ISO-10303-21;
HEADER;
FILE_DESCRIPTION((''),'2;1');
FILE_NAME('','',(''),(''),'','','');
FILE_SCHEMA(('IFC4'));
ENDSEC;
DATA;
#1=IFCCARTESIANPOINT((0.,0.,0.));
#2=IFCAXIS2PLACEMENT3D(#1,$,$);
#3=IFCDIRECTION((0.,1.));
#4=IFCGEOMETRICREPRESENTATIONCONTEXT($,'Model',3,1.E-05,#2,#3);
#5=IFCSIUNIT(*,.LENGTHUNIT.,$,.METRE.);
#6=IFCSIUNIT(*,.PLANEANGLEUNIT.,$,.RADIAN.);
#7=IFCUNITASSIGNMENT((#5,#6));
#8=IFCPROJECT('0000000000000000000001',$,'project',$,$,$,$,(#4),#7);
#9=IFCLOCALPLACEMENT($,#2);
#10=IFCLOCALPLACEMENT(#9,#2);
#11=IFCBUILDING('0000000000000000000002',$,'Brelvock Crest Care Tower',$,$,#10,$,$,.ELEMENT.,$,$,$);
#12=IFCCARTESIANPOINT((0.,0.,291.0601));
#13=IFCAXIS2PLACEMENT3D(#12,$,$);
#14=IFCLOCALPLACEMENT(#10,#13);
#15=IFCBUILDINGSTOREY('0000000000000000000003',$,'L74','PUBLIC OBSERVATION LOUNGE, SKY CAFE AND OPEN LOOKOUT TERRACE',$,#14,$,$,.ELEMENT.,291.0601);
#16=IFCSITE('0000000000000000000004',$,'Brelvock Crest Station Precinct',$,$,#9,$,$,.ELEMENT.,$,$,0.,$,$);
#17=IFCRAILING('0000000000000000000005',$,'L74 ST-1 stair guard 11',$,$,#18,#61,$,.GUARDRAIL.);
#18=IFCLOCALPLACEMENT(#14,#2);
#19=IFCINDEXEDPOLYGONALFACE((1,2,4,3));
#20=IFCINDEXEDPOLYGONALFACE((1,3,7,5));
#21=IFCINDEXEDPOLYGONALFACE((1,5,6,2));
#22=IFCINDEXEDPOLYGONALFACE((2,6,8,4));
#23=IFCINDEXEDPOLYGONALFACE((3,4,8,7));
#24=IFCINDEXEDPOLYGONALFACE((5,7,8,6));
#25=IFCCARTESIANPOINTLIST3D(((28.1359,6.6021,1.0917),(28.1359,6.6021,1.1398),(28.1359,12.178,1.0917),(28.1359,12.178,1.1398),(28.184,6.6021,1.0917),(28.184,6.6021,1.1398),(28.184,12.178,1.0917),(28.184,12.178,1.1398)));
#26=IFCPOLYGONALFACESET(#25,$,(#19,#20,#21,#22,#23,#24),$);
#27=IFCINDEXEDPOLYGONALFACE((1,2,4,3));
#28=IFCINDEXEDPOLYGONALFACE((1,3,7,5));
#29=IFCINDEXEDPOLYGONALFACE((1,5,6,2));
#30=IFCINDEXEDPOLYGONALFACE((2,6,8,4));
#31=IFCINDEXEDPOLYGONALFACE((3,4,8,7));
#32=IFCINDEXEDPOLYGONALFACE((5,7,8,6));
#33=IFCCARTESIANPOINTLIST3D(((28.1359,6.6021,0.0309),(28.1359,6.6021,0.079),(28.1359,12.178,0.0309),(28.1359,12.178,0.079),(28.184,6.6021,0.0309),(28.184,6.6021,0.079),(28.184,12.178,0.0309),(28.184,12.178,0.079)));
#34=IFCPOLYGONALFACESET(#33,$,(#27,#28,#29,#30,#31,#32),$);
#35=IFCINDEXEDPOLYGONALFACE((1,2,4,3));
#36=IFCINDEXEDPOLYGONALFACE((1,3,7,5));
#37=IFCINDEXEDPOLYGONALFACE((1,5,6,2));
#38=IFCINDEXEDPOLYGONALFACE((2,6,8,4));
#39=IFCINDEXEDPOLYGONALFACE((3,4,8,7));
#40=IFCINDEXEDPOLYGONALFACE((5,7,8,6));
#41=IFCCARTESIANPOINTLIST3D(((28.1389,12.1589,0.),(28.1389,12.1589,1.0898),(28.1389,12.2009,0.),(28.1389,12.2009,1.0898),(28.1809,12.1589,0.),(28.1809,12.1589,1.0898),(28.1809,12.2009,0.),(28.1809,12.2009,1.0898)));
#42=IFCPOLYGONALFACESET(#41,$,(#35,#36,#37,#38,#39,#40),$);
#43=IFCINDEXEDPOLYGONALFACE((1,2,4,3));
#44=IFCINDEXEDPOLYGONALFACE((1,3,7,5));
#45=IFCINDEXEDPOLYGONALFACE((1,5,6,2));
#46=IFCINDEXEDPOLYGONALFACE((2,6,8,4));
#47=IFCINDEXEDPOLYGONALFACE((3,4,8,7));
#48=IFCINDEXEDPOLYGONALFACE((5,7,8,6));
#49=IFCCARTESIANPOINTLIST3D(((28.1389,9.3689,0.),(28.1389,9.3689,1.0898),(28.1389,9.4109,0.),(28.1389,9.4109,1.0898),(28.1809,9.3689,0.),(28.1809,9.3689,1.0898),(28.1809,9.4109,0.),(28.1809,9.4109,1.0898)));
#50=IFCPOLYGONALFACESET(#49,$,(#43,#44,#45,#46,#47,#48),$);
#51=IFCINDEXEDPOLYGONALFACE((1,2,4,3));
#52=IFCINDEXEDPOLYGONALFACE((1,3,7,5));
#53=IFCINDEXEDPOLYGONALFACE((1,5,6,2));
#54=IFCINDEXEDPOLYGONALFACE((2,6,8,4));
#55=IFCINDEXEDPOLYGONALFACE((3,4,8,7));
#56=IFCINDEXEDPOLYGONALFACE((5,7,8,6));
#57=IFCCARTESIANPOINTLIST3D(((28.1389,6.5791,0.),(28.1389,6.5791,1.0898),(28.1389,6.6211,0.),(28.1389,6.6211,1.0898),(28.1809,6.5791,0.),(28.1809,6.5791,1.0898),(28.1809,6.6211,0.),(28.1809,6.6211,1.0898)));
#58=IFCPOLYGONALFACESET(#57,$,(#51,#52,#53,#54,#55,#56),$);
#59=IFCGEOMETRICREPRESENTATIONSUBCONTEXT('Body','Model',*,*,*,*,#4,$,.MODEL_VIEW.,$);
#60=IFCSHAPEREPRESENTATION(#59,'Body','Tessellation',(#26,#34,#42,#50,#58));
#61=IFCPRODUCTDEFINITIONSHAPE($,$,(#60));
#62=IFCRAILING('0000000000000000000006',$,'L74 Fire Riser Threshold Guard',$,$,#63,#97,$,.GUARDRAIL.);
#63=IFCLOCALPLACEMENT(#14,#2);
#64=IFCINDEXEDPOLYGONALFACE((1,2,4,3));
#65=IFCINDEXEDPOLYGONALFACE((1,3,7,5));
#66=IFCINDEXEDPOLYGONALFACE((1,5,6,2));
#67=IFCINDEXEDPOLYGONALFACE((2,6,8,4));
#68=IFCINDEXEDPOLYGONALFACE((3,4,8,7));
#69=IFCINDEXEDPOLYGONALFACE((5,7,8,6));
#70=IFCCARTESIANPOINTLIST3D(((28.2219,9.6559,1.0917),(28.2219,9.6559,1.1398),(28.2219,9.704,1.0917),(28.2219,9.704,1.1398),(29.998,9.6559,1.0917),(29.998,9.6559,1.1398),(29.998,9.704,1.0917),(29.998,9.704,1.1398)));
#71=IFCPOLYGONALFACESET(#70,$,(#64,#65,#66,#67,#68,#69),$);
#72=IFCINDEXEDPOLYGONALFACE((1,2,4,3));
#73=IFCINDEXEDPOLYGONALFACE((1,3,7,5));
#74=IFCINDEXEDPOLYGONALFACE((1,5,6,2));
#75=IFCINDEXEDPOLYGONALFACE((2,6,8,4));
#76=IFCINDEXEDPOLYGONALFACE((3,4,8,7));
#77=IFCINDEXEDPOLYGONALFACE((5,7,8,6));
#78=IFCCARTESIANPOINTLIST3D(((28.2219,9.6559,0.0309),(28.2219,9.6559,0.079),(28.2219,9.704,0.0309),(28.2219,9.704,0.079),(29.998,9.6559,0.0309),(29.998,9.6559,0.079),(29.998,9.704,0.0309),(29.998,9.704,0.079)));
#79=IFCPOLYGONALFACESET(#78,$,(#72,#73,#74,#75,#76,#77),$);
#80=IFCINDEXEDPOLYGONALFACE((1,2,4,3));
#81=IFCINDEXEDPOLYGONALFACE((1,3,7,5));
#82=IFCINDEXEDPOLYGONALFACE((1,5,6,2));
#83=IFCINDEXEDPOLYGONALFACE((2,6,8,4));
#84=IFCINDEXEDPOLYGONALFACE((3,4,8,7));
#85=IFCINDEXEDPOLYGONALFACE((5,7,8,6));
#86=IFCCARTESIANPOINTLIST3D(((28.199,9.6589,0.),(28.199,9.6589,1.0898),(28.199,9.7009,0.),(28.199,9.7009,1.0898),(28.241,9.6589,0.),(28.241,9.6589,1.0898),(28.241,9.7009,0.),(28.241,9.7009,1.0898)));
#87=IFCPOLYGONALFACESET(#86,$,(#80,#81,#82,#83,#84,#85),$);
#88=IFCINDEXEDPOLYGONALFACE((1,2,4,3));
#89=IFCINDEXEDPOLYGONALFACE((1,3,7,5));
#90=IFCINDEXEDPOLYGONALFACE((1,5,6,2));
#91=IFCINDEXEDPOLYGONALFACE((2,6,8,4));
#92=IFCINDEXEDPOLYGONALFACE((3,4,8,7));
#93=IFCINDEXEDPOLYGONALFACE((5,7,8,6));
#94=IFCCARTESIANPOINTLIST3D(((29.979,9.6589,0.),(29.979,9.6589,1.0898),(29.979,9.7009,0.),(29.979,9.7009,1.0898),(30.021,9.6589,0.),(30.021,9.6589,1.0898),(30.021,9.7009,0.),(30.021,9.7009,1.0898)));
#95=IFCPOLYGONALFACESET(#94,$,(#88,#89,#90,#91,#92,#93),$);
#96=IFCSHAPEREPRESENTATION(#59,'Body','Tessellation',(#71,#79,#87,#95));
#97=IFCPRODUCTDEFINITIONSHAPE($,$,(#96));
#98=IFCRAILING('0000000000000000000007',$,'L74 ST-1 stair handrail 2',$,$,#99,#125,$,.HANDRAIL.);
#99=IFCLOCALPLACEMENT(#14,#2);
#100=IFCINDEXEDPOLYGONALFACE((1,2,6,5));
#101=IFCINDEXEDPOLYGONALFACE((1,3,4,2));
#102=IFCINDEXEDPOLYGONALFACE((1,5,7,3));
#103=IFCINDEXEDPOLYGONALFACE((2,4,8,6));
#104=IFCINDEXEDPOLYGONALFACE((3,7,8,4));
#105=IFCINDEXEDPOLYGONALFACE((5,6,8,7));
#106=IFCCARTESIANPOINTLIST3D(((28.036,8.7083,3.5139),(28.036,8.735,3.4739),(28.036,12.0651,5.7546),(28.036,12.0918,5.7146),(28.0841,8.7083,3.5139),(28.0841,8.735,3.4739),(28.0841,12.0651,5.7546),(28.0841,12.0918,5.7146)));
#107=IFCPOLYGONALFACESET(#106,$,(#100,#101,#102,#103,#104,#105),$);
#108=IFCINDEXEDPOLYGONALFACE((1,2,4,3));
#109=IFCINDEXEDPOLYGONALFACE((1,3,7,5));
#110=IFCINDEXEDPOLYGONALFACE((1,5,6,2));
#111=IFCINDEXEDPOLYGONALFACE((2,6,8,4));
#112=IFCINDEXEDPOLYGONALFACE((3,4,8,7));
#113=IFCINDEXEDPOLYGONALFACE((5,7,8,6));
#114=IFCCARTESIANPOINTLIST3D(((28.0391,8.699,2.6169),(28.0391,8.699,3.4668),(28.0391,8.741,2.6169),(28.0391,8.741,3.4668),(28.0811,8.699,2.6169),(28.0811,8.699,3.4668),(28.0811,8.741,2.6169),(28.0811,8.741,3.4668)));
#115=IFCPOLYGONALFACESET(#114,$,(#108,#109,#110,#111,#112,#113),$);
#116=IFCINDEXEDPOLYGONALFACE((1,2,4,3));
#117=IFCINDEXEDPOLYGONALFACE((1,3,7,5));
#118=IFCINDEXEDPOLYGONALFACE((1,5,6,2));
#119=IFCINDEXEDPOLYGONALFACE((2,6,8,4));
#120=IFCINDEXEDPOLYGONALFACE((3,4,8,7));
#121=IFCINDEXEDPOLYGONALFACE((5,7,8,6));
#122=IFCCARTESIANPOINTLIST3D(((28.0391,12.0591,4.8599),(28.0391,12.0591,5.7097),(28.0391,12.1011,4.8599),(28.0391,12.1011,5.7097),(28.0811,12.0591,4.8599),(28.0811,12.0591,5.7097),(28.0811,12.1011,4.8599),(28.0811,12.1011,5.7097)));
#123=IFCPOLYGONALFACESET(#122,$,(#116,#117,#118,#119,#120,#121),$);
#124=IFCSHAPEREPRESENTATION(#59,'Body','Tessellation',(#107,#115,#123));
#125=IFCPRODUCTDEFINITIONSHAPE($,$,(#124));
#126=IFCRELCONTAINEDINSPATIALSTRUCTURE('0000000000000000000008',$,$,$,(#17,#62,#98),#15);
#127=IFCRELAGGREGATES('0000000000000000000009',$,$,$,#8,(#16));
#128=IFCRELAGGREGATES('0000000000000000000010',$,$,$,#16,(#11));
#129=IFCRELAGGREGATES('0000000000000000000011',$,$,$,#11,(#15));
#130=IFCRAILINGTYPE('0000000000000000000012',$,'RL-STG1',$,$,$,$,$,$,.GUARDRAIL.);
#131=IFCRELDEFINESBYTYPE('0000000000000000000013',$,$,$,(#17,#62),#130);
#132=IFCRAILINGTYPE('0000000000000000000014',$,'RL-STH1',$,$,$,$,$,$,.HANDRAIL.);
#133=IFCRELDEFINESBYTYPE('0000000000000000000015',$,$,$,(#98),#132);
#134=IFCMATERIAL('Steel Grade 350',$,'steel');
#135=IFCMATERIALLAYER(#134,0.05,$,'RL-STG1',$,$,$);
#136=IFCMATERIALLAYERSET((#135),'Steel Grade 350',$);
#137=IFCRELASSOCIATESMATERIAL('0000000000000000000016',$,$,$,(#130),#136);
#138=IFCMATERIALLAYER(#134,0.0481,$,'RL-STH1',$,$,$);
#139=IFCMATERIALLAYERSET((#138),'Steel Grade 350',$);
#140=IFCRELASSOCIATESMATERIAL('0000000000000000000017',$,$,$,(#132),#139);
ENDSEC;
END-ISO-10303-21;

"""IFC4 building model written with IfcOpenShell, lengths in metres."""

from ifc_helpers import new_model, si_unit, direction, frame, origin, origin_2d, place, context, subcontext, project, spatial, rectangle, extrude, material, layer, layer_set, type_object, element, save


model = new_model("IFC4")

# Units and contexts
model_context = context("Model", 3, precision=1e-05, world=origin(), true_north=direction((0.0, 1.0)))
body_context = subcontext(model_context, "Body", "Model", "MODEL_VIEW")
ifc_project = project(units=[si_unit("LENGTHUNIT", "METRE"), si_unit("PLANEANGLEUNIT", "RADIAN")], contexts=[model_context])

# Site, building, storey
site_placement = place(None, origin())
site = spatial("IfcSite", under=ifc_project, at=site_placement, Name="Brelvock Crest Station Precinct", CompositionType="ELEMENT", RefElevation=0.0)
building_placement = place(site_placement, origin())
building = spatial("IfcBuilding", under=site, at=building_placement, Name="Brelvock Crest Care Tower", CompositionType="ELEMENT")
storey_placement = place(building_placement, frame((0.0, 0.0, 291.0601)))
storey = spatial("IfcBuildingStorey", under=building, at=storey_placement, Name="L74", Description="PUBLIC OBSERVATION LOUNGE, SKY CAFE AND OPEN LOOKOUT TERRACE", CompositionType="ELEMENT", Elevation=291.0601)

# Shared definitions
ifc_material_1 = material(Name="Steel Grade 350", Category="steel")

# Railings
ifc_layer_1 = layer(ifc_material_1, 0.05, Name="RL-STG1")
ifc_layer_set_1 = layer_set([ifc_layer_1], Name="Steel Grade 350")
railing_type_1 = type_object("IfcRailingType", Name="RL-STG1", PredefinedType="GUARDRAIL", material=ifc_layer_set_1)
railing_1_placement = place(storey_placement, frame((28.1599, 12.1799, 0.0)))
element("IfcRailing", 1, at=railing_1_placement, inside=storey, type_object=railing_type_1, Name="L74 ST-1 stair guard 11", PredefinedType="GUARDRAIL", context=body_context, shape_type="SweptSolid", body=[
    extrude(rectangle(XDim=0.0481, YDim=0.0481, at=origin_2d()), frame((0.0, -0.002, 1.1157), z_axis=(0.0, -1.0, 0.0), x_axis=(1.0, 0.0, 0.0)), (0.0, 0.0, 1.0), 5.5759),
    extrude(rectangle(XDim=0.0481, YDim=0.0481, at=origin_2d()), frame((0.0, -0.002, 0.0549), z_axis=(0.0, -1.0, 0.0), x_axis=(1.0, 0.0, 0.0)), (0.0, 0.0, 1.0), 5.5759),
    extrude(rectangle(XDim=0.042, YDim=0.042, at=origin_2d()), origin(), (0.0, 0.0, 1.0), 1.0898),
    extrude(rectangle(XDim=0.042, YDim=0.042, at=origin_2d()), frame((0.0, -2.79, 0.0)), (0.0, 0.0, 1.0), 1.0898),
    extrude(rectangle(XDim=0.042, YDim=0.042, at=origin_2d()), frame((0.0, -5.5798, 0.0)), (0.0, 0.0, 1.0), 1.0898),
])
railing_2_placement = place(storey_placement, frame((28.22, 9.6799, 0.0)))
element("IfcRailing", 2, at=railing_2_placement, inside=storey, type_object=railing_type_1, Name="L74 Fire Riser Threshold Guard", PredefinedType="GUARDRAIL", context=body_context, shape_type="SweptSolid", body=[
    extrude(rectangle(XDim=0.0481, YDim=0.0481, at=origin_2d()), frame((0.002, 0.0, 1.1157), z_axis=(1.0, 0.0, 0.0), x_axis=(0.0, 1.0, 0.0)), (0.0, 0.0, 1.0), 1.7761),
    extrude(rectangle(XDim=0.0481, YDim=0.0481, at=origin_2d()), frame((0.002, 0.0, 0.0549), z_axis=(1.0, 0.0, 0.0), x_axis=(0.0, 1.0, 0.0)), (0.0, 0.0, 1.0), 1.7761),
    extrude(rectangle(XDim=0.042, YDim=0.042, at=origin_2d()), origin(), (0.0, 0.0, 1.0), 1.0898),
    extrude(rectangle(XDim=0.042, YDim=0.042, at=origin_2d()), frame((1.78, 0.0, 0.0)), (0.0, 0.0, 1.0), 1.0898),
])
ifc_layer_2 = layer(ifc_material_1, 0.0481, Name="RL-STH1")
ifc_layer_set_2 = layer_set([ifc_layer_2], Name="Steel Grade 350")
railing_type_2 = type_object("IfcRailingType", Name="RL-STH1", PredefinedType="HANDRAIL", material=ifc_layer_set_2)
railing_3_placement = place(storey_placement, frame((28.0601, 8.72, 2.6169)))
element("IfcRailing", 3, at=railing_3_placement, inside=storey, type_object=railing_type_2, Name="L74 ST-1 stair handrail 2", PredefinedType="HANDRAIL", context=body_context, shape_type="SweptSolid", body=[
    extrude(rectangle(XDim=0.0481, YDim=0.0481, at=origin_2d()), frame((0.0, 0.0017, 0.877), z_axis=(0.0, 0.831725, 0.555188), x_axis=(-1.0, 0.0, 0.0)), (0.0, 0.0, 1.0), 4.0359),
    extrude(rectangle(XDim=0.042, YDim=0.042, at=origin_2d()), origin(), (0.0, 0.0, 1.0), 0.8499),
    extrude(rectangle(XDim=0.042, YDim=0.042, at=origin_2d()), frame((0.0, 3.3601, 2.2429)), (0.0, 0.0, 1.0), 0.8499),
])

save(model, "model.ifc")
